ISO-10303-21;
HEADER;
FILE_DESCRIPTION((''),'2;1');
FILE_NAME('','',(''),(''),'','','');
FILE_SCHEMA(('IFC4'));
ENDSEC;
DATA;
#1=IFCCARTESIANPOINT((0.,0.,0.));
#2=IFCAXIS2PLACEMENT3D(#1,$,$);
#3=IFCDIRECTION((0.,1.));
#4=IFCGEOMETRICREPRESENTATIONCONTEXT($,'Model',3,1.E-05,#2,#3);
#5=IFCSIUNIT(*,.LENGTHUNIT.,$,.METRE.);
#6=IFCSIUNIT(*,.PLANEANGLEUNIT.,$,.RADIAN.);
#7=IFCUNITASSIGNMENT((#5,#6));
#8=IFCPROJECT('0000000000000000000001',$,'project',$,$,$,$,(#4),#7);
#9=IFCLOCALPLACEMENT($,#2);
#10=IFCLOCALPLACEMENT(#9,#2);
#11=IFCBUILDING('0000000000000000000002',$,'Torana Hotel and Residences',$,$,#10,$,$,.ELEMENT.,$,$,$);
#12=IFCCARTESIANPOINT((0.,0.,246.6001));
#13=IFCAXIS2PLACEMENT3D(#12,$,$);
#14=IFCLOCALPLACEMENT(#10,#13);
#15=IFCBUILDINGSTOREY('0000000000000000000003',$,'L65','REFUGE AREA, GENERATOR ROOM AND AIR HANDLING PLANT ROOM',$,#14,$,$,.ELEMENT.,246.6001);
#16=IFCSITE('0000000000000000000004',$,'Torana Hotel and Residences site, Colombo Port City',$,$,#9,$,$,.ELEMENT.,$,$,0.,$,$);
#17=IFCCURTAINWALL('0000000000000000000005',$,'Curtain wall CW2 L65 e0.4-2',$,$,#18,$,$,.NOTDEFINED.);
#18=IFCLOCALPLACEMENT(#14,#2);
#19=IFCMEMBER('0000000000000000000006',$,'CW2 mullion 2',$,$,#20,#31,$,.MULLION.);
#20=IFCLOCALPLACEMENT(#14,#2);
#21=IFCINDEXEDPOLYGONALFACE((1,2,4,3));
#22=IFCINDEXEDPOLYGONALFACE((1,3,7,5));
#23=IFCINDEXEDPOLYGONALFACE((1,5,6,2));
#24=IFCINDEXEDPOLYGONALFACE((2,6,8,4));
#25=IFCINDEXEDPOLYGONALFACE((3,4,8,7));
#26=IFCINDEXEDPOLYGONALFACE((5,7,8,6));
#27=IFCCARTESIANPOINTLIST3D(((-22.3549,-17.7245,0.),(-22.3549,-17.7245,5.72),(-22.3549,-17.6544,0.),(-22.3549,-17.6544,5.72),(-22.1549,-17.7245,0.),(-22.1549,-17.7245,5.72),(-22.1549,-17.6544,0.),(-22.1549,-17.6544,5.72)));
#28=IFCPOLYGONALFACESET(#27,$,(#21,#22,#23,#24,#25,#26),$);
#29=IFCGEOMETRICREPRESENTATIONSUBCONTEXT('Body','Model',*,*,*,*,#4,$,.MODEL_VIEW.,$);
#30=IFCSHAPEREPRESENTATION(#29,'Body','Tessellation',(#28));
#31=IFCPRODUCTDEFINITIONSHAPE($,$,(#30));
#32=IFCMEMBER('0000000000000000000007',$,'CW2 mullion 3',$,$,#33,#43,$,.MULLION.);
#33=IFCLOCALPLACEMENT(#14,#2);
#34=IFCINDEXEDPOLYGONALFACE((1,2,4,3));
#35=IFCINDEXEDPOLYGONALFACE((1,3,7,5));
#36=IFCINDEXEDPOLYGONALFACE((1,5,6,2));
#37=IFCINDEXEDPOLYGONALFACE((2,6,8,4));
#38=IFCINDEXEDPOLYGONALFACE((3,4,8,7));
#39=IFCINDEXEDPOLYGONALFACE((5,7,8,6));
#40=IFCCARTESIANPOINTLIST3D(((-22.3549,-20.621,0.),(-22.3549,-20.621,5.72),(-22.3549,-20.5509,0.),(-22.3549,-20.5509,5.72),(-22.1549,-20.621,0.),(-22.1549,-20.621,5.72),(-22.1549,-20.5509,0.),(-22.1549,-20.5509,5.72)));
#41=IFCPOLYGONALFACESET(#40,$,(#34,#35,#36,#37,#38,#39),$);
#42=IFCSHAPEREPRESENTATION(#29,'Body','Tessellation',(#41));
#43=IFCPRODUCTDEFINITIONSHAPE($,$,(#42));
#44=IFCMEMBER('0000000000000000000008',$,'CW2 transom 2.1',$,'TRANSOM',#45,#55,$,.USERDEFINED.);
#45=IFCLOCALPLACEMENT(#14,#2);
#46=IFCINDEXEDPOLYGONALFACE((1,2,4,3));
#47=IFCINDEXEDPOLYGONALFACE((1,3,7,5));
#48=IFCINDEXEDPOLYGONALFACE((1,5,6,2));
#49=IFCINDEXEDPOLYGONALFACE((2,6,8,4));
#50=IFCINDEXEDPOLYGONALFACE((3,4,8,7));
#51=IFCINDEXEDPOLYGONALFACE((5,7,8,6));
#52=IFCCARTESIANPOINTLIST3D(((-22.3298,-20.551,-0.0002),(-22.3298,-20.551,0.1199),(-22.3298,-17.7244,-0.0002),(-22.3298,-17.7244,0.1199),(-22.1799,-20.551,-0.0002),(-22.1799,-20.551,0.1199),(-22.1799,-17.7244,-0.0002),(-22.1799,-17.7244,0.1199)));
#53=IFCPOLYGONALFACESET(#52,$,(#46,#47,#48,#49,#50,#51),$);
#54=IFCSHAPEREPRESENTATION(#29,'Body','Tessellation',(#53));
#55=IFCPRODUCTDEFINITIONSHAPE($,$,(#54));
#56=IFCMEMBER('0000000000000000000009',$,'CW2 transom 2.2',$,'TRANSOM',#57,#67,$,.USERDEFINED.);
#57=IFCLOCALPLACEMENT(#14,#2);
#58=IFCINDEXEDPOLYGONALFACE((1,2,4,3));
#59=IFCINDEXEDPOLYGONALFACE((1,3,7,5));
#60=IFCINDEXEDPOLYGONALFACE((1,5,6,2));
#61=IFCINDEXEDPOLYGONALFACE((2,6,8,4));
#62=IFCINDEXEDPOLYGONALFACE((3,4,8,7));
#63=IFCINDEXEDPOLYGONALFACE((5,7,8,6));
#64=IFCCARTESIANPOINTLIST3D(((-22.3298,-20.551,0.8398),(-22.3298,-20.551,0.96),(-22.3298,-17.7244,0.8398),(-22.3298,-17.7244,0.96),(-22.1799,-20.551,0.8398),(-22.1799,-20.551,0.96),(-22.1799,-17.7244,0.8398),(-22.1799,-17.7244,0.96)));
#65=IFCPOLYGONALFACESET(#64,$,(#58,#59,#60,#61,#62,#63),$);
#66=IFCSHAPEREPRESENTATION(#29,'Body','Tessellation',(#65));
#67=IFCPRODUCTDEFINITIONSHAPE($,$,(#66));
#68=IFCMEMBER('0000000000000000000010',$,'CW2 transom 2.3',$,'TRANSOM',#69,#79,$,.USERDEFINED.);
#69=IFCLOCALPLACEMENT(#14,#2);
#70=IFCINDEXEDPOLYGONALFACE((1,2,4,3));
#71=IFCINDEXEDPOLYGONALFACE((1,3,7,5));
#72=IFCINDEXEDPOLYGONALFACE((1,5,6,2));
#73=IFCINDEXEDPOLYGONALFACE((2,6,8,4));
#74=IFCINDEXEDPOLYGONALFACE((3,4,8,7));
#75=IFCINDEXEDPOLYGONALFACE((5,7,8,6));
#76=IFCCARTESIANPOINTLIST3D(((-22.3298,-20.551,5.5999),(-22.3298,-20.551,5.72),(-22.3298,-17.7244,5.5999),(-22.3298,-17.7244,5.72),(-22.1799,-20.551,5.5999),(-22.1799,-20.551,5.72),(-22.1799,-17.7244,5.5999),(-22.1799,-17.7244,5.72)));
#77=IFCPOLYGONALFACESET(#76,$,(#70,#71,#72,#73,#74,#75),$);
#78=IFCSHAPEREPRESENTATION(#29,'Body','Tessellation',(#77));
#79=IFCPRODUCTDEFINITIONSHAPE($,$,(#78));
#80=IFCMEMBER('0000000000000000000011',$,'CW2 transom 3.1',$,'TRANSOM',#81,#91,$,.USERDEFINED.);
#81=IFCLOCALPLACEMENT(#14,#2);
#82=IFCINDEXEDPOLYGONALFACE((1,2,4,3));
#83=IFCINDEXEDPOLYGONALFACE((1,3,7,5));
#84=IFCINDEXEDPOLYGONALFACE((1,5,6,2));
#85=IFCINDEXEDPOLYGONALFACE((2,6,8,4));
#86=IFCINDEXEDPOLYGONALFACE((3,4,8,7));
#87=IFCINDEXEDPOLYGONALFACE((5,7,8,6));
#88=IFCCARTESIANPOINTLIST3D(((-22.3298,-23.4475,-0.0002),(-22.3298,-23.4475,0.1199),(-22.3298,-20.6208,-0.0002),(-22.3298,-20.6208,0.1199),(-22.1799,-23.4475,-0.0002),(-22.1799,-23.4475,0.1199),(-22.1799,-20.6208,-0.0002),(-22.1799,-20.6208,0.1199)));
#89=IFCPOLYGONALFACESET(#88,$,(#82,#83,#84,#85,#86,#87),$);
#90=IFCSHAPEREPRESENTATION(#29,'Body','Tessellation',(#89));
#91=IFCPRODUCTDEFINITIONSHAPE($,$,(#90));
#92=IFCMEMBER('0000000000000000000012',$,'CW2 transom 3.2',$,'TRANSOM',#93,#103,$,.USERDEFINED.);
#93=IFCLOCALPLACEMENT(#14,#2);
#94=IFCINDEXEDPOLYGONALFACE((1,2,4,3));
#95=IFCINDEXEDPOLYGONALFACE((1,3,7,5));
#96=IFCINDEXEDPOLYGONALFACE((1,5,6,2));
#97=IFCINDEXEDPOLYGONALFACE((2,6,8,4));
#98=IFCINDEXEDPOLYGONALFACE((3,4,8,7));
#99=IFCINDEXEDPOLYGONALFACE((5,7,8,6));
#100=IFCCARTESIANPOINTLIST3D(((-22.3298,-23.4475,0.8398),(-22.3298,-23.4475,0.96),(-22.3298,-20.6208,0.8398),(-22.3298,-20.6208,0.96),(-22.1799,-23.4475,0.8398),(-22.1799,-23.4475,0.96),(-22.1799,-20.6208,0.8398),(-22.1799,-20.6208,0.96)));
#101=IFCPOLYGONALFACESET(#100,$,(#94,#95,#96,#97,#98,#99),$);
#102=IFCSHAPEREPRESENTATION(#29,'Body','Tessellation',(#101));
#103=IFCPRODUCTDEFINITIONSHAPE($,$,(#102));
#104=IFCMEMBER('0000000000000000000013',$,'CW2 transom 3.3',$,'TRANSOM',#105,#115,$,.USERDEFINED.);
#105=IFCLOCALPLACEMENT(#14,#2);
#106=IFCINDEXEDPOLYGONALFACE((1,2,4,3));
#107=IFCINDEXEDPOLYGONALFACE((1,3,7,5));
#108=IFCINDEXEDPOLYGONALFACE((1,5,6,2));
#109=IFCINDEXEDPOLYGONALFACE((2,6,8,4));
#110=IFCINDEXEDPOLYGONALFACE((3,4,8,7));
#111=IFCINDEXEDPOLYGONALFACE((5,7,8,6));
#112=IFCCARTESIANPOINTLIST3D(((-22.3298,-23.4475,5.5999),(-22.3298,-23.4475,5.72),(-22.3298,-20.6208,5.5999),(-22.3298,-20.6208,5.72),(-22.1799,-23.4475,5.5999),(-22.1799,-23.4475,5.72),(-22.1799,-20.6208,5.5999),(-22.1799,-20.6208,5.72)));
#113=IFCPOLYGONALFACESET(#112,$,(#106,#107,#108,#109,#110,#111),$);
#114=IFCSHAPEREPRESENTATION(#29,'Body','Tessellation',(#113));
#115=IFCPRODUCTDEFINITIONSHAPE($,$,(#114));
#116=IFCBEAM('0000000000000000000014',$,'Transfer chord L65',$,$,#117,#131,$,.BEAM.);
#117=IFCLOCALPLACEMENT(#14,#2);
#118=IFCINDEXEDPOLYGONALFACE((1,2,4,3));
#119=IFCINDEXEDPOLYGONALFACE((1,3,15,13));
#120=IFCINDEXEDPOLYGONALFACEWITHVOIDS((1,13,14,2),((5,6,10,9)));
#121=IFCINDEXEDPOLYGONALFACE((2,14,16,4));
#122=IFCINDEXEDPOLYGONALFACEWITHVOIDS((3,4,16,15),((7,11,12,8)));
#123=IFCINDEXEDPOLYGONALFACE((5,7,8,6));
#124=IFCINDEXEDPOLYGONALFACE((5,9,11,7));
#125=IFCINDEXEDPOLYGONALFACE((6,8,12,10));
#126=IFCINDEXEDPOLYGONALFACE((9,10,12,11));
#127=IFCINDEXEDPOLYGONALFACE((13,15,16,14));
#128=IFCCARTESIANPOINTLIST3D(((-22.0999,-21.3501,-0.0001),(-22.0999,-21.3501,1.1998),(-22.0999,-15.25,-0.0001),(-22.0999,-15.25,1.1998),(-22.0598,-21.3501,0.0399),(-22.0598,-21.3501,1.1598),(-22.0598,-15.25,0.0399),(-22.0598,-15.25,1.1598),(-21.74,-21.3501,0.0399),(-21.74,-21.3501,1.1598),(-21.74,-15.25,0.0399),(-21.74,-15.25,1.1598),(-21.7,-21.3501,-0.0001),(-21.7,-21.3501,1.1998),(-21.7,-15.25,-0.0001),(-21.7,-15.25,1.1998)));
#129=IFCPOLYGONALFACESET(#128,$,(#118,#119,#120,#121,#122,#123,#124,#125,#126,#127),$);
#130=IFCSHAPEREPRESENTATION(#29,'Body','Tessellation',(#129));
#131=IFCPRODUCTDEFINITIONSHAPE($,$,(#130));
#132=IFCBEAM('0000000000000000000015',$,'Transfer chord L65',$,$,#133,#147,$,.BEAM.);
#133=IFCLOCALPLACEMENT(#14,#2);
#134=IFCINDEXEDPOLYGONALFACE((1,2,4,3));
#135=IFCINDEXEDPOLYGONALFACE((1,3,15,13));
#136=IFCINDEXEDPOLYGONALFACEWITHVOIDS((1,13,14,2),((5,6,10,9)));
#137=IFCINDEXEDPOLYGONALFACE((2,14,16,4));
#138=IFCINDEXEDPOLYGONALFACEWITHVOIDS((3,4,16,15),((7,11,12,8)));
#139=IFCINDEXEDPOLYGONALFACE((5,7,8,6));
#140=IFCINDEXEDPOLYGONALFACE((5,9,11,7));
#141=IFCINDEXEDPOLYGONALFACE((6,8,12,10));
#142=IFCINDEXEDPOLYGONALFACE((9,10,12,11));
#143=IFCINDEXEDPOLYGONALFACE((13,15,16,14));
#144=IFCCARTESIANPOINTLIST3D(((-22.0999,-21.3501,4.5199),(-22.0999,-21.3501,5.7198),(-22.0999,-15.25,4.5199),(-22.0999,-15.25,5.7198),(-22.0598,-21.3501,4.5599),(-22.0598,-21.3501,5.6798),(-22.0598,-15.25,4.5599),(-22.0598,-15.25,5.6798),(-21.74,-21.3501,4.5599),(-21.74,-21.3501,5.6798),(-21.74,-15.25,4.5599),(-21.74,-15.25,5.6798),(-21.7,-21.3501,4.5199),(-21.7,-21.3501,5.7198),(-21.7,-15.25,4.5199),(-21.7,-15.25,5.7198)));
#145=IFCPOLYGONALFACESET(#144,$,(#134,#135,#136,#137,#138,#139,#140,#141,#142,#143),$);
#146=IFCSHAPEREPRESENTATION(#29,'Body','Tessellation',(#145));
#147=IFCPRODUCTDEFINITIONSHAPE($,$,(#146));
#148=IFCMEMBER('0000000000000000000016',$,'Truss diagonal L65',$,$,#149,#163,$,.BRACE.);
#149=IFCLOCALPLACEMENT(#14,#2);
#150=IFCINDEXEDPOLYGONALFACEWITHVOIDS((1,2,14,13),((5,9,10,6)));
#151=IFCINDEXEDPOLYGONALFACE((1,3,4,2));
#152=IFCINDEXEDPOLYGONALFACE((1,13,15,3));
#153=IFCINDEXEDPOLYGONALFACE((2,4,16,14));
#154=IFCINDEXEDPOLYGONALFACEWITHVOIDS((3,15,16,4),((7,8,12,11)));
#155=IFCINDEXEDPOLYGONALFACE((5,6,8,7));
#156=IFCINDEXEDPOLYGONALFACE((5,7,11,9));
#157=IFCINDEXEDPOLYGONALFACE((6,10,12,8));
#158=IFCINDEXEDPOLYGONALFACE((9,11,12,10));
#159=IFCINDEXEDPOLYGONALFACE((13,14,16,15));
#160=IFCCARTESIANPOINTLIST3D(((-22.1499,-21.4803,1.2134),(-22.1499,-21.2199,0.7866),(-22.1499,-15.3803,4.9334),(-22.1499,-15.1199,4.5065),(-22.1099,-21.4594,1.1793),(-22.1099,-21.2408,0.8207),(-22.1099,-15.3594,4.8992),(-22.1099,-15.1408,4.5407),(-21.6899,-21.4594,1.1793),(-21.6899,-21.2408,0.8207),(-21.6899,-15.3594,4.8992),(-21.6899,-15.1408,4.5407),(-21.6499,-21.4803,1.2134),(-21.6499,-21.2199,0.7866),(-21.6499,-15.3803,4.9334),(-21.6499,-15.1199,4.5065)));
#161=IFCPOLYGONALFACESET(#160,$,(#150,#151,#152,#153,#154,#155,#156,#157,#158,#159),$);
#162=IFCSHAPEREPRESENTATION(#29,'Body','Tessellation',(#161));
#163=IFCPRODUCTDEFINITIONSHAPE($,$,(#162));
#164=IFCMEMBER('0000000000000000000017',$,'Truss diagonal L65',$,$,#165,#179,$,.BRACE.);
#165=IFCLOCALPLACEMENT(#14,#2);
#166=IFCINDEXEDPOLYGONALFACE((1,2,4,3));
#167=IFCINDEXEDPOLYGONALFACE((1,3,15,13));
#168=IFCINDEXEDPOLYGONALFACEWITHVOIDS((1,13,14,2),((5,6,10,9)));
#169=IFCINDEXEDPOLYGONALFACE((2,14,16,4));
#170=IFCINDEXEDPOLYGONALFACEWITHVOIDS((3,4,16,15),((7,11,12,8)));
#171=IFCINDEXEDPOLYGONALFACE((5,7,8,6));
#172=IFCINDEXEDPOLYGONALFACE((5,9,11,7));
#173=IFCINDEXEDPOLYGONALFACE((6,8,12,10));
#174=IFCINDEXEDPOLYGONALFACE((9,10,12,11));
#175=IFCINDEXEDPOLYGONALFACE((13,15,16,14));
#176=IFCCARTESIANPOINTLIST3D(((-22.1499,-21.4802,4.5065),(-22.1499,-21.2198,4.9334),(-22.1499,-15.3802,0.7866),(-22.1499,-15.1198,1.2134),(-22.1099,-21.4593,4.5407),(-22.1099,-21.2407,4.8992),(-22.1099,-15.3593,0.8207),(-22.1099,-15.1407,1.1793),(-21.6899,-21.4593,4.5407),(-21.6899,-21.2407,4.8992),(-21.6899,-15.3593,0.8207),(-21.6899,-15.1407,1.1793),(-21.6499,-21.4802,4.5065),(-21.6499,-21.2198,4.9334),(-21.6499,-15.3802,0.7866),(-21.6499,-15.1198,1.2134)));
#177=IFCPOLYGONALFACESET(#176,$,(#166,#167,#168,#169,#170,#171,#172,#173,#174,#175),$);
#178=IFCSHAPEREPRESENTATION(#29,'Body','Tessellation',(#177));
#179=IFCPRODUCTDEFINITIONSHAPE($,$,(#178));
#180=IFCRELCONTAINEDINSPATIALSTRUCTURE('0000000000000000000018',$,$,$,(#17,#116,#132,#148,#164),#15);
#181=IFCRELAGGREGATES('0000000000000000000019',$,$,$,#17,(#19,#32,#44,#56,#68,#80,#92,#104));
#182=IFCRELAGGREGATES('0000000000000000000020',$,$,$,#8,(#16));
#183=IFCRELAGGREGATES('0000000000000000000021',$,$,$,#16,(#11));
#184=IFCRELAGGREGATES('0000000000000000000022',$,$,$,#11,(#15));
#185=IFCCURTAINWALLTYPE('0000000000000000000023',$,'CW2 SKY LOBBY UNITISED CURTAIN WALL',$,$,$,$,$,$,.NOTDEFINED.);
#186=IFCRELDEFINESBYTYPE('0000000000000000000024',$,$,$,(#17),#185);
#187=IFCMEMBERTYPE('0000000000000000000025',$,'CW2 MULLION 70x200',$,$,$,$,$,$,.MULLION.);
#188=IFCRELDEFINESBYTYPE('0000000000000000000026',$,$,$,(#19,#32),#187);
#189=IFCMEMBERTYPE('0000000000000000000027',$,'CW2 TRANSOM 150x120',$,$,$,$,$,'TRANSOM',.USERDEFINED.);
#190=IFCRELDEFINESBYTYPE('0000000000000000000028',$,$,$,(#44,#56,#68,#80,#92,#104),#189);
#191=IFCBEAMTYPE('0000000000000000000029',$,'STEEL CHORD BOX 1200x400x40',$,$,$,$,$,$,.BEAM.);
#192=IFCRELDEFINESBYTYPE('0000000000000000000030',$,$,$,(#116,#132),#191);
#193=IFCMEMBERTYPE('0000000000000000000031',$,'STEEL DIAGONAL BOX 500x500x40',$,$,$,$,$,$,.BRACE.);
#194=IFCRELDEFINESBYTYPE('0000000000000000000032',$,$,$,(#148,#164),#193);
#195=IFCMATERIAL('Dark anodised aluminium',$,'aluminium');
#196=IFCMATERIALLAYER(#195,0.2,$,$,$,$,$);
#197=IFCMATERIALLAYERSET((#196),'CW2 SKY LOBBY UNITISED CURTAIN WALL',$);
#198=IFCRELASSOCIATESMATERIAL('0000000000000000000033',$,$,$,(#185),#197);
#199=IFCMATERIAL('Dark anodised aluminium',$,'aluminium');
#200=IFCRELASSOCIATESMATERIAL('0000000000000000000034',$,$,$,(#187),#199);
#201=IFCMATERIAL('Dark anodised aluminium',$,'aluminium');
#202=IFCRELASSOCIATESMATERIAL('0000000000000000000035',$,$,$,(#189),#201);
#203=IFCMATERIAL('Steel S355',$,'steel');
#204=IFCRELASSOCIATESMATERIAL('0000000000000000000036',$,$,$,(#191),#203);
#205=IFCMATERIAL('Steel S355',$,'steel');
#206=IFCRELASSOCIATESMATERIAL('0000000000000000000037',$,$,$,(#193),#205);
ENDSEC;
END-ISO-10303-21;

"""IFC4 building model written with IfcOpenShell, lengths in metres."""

from ifc_helpers import new_model, si_unit, direction, frame, origin, origin_2d, place, context, subcontext, project, spatial, rectangle, hollow_rectangle, extrude, material, layer, layer_set, material_profile, profile_set, type_object, element, aggregate, save


model = new_model("IFC4")

# Units and contexts
model_context = context("Model", 3, precision=1e-05, world=origin(), true_north=direction((0.0, 1.0)))
body_context = subcontext(model_context, "Body", "Model", "MODEL_VIEW")
ifc_project = project(units=[si_unit("LENGTHUNIT", "METRE"), si_unit("PLANEANGLEUNIT", "RADIAN")], contexts=[model_context])

# Site, building, storey
site_placement = place(None, origin())
site = spatial("IfcSite", under=ifc_project, at=site_placement, Name="Torana Hotel and Residences site, Colombo Port City", CompositionType="ELEMENT", RefElevation=0.0)
building_placement = place(site_placement, origin())
building = spatial("IfcBuilding", under=site, at=building_placement, Name="Torana Hotel and Residences", CompositionType="ELEMENT")
storey_placement = place(building_placement, frame((0.0, 0.0, 246.6001)))
storey = spatial("IfcBuildingStorey", under=building, at=storey_placement, Name="L65", Description="REFUGE AREA, GENERATOR ROOM AND AIR HANDLING PLANT ROOM", CompositionType="ELEMENT", Elevation=246.6001)

# Curtain wall, members
ifc_material_1 = material(Name="Dark anodised aluminium", Category="aluminium")
ifc_layer_1 = layer(ifc_material_1, 0.2)
ifc_layer_set_1 = layer_set([ifc_layer_1], Name="CW2 SKY LOBBY UNITISED CURTAIN WALL")
curtain_wall_type = type_object("IfcCurtainWallType", Name="CW2 SKY LOBBY UNITISED CURTAIN WALL", PredefinedType="NOTDEFINED", material=ifc_layer_set_1)
curtain_wall_placement = place(storey_placement, origin())
curtain_wall = element("IfcCurtainWall", 1, at=curtain_wall_placement, inside=storey, type_object=curtain_wall_type, Name="Curtain wall CW2 L65 e0.4-2", PredefinedType="NOTDEFINED")
ifc_material_2 = material(Name="Dark anodised aluminium", Category="aluminium")
ifc_material_profile_1 = material_profile(ifc_material_2, rectangle(XDim=0.2, YDim=0.0701, at=origin_2d()), Name="CW2 MULLION 70x200")
ifc_profile_set_1 = profile_set([ifc_material_profile_1], Name="Dark anodised aluminium")
member_type_1 = type_object("IfcMemberType", Name="CW2 MULLION 70x200", PredefinedType="MULLION", material=ifc_profile_set_1)
member_1_placement = place(storey_placement, frame((-22.2549, -17.6895, 0.0), z_axis=(0.0, 0.0, 1.0), x_axis=(1.0, 0.0, 0.0)))
member_1 = element("IfcMember", 2, at=member_1_placement, type_object=member_type_1, Name="CW2 mullion 2", PredefinedType="MULLION", context=body_context, shape_type="SweptSolid", body=[
    extrude(rectangle(XDim=0.2, YDim=0.0701, at=origin_2d()), origin(), (0.0, 0.0, 1.0), 5.72),
])
member_2_placement = place(storey_placement, frame((-22.2549, -20.5859, 0.0), z_axis=(0.0, 0.0, 1.0), x_axis=(1.0, 0.0, 0.0)))
member_2 = element("IfcMember", 3, at=member_2_placement, type_object=member_type_1, Name="CW2 mullion 3", PredefinedType="MULLION", context=body_context, shape_type="SweptSolid", body=[
    extrude(rectangle(XDim=0.2, YDim=0.0701, at=origin_2d()), origin(), (0.0, 0.0, 1.0), 5.72),
])
ifc_material_3 = material(Name="Dark anodised aluminium", Category="aluminium")
ifc_material_profile_2 = material_profile(ifc_material_3, rectangle(XDim=0.1499, YDim=0.1201, at=origin_2d()), Name="CW2 TRANSOM 150x120")
ifc_profile_set_2 = profile_set([ifc_material_profile_2], Name="Dark anodised aluminium")
member_type_2 = type_object("IfcMemberType", Name="CW2 TRANSOM 150x120", ElementType="TRANSOM", PredefinedType="USERDEFINED", material=ifc_profile_set_2)
member_3_placement = place(storey_placement, frame((-22.2549, -17.7244, 0.0598), z_axis=(0.0, -1.0, 0.0), x_axis=(1.0, 0.0, 0.0)))
member_3 = element("IfcMember", 4, at=member_3_placement, type_object=member_type_2, Name="CW2 transom 2.1", ObjectType="TRANSOM", PredefinedType="USERDEFINED", context=body_context, shape_type="SweptSolid", body=[
    extrude(rectangle(XDim=0.1499, YDim=0.1201, at=origin_2d()), origin(), (0.0, 0.0, 1.0), 2.8267),
])
member_4_placement = place(storey_placement, frame((-22.2549, -17.7244, 0.8999), z_axis=(0.0, -1.0, 0.0), x_axis=(1.0, 0.0, 0.0)))
member_4 = element("IfcMember", 5, at=member_4_placement, type_object=member_type_2, Name="CW2 transom 2.2", ObjectType="TRANSOM", PredefinedType="USERDEFINED", context=body_context, shape_type="SweptSolid", body=[
    extrude(rectangle(XDim=0.1499, YDim=0.1201, at=origin_2d()), origin(), (0.0, 0.0, 1.0), 2.8267),
])
member_5_placement = place(storey_placement, frame((-22.2549, -17.7244, 5.6599), z_axis=(0.0, -1.0, 0.0), x_axis=(1.0, 0.0, 0.0)))
member_5 = element("IfcMember", 6, at=member_5_placement, type_object=member_type_2, Name="CW2 transom 2.3", ObjectType="TRANSOM", PredefinedType="USERDEFINED", context=body_context, shape_type="SweptSolid", body=[
    extrude(rectangle(XDim=0.1499, YDim=0.1201, at=origin_2d()), origin(), (0.0, 0.0, 1.0), 2.8267),
])
member_6_placement = place(storey_placement, frame((-22.2549, -20.6208, 0.0598), z_axis=(0.0, -1.0, 0.0), x_axis=(1.0, 0.0, 0.0)))
member_6 = element("IfcMember", 7, at=member_6_placement, type_object=member_type_2, Name="CW2 transom 3.1", ObjectType="TRANSOM", PredefinedType="USERDEFINED", context=body_context, shape_type="SweptSolid", body=[
    extrude(rectangle(XDim=0.1499, YDim=0.1201, at=origin_2d()), origin(), (0.0, 0.0, 1.0), 2.8267),
])
member_7_placement = place(storey_placement, frame((-22.2549, -20.6208, 0.8999), z_axis=(0.0, -1.0, 0.0), x_axis=(1.0, 0.0, 0.0)))
member_7 = element("IfcMember", 8, at=member_7_placement, type_object=member_type_2, Name="CW2 transom 3.2", ObjectType="TRANSOM", PredefinedType="USERDEFINED", context=body_context, shape_type="SweptSolid", body=[
    extrude(rectangle(XDim=0.1499, YDim=0.1201, at=origin_2d()), origin(), (0.0, 0.0, 1.0), 2.8267),
])
member_8_placement = place(storey_placement, frame((-22.2549, -20.6208, 5.6599), z_axis=(0.0, -1.0, 0.0), x_axis=(1.0, 0.0, 0.0)))
member_8 = element("IfcMember", 9, at=member_8_placement, type_object=member_type_2, Name="CW2 transom 3.3", ObjectType="TRANSOM", PredefinedType="USERDEFINED", context=body_context, shape_type="SweptSolid", body=[
    extrude(rectangle(XDim=0.1499, YDim=0.1201, at=origin_2d()), origin(), (0.0, 0.0, 1.0), 2.8267),
])

# Beams
ifc_material_4 = material(Name="Steel S355", Category="steel")
ifc_material_profile_3 = material_profile(ifc_material_4, hollow_rectangle(XDim=0.3999, YDim=1.2, WallThickness=0.04, at=origin_2d()), Name="BOX 1200x400x40")
ifc_profile_set_3 = profile_set([ifc_material_profile_3], Name="Steel S355")
beam_type = type_object("IfcBeamType", Name="STEEL CHORD BOX 1200x400x40", PredefinedType="BEAM", material=ifc_profile_set_3)
for number, where, z_axis, x_axis, name in (
    (10, (-21.8999, -21.3501, 0.5999), (0.0, 1.0, 0.0), (-1.0, 0.0, 0.0), "Transfer chord L65"),
    (11, (-21.8999, -21.3501, 5.1199), (0.0, 1.0, 0.0), (-1.0, 0.0, 0.0), "Transfer chord L65"),
):
    element("IfcBeam", number, at=place(storey_placement, frame(where, z_axis=z_axis, x_axis=x_axis)), inside=storey, type_object=beam_type, Name=name, PredefinedType="BEAM", context=body_context, shape_type="SweptSolid", body=[
        extrude(hollow_rectangle(XDim=0.3999, YDim=1.2, WallThickness=0.04, at=origin_2d()), origin(), (0.0, 0.0, 1.0), 6.1001),
    ])

# Members
ifc_material_5 = material(Name="Steel S355", Category="steel")
ifc_material_profile_4 = material_profile(ifc_material_5, hollow_rectangle(XDim=0.5, YDim=0.5, WallThickness=0.04, at=origin_2d()), Name="BOX 500x500x40")
ifc_profile_set_4 = profile_set([ifc_material_profile_4], Name="Steel S355")
member_type_3 = type_object("IfcMemberType", Name="STEEL DIAGONAL BOX 500x500x40", PredefinedType="BRACE", material=ifc_profile_set_4)
for number, where, z_axis, x_axis, name in (
    (12, (-21.8999, -21.3501, 1.0), (0.0, 0.853771, 0.520648), (-1.0, 0.0, 0.0), "Truss diagonal L65"),
    (13, (-21.8999, -15.25, 1.0), (0.0, -0.853771, 0.520648), (1.0, 0.0, 0.0), "Truss diagonal L65"),
):
    element("IfcMember", number, at=place(storey_placement, frame(where, z_axis=z_axis, x_axis=x_axis)), inside=storey, type_object=member_type_3, Name=name, PredefinedType="BRACE", context=body_context, shape_type="SweptSolid", body=[
        extrude(hollow_rectangle(XDim=0.5, YDim=0.5, WallThickness=0.04, at=origin_2d()), origin(), (0.0, 0.0, 1.0), 7.1448),
    ])

aggregate(curtain_wall, [member_1, member_2, member_3, member_4, member_5, member_6, member_7, member_8])

save(model, "model.ifc")
